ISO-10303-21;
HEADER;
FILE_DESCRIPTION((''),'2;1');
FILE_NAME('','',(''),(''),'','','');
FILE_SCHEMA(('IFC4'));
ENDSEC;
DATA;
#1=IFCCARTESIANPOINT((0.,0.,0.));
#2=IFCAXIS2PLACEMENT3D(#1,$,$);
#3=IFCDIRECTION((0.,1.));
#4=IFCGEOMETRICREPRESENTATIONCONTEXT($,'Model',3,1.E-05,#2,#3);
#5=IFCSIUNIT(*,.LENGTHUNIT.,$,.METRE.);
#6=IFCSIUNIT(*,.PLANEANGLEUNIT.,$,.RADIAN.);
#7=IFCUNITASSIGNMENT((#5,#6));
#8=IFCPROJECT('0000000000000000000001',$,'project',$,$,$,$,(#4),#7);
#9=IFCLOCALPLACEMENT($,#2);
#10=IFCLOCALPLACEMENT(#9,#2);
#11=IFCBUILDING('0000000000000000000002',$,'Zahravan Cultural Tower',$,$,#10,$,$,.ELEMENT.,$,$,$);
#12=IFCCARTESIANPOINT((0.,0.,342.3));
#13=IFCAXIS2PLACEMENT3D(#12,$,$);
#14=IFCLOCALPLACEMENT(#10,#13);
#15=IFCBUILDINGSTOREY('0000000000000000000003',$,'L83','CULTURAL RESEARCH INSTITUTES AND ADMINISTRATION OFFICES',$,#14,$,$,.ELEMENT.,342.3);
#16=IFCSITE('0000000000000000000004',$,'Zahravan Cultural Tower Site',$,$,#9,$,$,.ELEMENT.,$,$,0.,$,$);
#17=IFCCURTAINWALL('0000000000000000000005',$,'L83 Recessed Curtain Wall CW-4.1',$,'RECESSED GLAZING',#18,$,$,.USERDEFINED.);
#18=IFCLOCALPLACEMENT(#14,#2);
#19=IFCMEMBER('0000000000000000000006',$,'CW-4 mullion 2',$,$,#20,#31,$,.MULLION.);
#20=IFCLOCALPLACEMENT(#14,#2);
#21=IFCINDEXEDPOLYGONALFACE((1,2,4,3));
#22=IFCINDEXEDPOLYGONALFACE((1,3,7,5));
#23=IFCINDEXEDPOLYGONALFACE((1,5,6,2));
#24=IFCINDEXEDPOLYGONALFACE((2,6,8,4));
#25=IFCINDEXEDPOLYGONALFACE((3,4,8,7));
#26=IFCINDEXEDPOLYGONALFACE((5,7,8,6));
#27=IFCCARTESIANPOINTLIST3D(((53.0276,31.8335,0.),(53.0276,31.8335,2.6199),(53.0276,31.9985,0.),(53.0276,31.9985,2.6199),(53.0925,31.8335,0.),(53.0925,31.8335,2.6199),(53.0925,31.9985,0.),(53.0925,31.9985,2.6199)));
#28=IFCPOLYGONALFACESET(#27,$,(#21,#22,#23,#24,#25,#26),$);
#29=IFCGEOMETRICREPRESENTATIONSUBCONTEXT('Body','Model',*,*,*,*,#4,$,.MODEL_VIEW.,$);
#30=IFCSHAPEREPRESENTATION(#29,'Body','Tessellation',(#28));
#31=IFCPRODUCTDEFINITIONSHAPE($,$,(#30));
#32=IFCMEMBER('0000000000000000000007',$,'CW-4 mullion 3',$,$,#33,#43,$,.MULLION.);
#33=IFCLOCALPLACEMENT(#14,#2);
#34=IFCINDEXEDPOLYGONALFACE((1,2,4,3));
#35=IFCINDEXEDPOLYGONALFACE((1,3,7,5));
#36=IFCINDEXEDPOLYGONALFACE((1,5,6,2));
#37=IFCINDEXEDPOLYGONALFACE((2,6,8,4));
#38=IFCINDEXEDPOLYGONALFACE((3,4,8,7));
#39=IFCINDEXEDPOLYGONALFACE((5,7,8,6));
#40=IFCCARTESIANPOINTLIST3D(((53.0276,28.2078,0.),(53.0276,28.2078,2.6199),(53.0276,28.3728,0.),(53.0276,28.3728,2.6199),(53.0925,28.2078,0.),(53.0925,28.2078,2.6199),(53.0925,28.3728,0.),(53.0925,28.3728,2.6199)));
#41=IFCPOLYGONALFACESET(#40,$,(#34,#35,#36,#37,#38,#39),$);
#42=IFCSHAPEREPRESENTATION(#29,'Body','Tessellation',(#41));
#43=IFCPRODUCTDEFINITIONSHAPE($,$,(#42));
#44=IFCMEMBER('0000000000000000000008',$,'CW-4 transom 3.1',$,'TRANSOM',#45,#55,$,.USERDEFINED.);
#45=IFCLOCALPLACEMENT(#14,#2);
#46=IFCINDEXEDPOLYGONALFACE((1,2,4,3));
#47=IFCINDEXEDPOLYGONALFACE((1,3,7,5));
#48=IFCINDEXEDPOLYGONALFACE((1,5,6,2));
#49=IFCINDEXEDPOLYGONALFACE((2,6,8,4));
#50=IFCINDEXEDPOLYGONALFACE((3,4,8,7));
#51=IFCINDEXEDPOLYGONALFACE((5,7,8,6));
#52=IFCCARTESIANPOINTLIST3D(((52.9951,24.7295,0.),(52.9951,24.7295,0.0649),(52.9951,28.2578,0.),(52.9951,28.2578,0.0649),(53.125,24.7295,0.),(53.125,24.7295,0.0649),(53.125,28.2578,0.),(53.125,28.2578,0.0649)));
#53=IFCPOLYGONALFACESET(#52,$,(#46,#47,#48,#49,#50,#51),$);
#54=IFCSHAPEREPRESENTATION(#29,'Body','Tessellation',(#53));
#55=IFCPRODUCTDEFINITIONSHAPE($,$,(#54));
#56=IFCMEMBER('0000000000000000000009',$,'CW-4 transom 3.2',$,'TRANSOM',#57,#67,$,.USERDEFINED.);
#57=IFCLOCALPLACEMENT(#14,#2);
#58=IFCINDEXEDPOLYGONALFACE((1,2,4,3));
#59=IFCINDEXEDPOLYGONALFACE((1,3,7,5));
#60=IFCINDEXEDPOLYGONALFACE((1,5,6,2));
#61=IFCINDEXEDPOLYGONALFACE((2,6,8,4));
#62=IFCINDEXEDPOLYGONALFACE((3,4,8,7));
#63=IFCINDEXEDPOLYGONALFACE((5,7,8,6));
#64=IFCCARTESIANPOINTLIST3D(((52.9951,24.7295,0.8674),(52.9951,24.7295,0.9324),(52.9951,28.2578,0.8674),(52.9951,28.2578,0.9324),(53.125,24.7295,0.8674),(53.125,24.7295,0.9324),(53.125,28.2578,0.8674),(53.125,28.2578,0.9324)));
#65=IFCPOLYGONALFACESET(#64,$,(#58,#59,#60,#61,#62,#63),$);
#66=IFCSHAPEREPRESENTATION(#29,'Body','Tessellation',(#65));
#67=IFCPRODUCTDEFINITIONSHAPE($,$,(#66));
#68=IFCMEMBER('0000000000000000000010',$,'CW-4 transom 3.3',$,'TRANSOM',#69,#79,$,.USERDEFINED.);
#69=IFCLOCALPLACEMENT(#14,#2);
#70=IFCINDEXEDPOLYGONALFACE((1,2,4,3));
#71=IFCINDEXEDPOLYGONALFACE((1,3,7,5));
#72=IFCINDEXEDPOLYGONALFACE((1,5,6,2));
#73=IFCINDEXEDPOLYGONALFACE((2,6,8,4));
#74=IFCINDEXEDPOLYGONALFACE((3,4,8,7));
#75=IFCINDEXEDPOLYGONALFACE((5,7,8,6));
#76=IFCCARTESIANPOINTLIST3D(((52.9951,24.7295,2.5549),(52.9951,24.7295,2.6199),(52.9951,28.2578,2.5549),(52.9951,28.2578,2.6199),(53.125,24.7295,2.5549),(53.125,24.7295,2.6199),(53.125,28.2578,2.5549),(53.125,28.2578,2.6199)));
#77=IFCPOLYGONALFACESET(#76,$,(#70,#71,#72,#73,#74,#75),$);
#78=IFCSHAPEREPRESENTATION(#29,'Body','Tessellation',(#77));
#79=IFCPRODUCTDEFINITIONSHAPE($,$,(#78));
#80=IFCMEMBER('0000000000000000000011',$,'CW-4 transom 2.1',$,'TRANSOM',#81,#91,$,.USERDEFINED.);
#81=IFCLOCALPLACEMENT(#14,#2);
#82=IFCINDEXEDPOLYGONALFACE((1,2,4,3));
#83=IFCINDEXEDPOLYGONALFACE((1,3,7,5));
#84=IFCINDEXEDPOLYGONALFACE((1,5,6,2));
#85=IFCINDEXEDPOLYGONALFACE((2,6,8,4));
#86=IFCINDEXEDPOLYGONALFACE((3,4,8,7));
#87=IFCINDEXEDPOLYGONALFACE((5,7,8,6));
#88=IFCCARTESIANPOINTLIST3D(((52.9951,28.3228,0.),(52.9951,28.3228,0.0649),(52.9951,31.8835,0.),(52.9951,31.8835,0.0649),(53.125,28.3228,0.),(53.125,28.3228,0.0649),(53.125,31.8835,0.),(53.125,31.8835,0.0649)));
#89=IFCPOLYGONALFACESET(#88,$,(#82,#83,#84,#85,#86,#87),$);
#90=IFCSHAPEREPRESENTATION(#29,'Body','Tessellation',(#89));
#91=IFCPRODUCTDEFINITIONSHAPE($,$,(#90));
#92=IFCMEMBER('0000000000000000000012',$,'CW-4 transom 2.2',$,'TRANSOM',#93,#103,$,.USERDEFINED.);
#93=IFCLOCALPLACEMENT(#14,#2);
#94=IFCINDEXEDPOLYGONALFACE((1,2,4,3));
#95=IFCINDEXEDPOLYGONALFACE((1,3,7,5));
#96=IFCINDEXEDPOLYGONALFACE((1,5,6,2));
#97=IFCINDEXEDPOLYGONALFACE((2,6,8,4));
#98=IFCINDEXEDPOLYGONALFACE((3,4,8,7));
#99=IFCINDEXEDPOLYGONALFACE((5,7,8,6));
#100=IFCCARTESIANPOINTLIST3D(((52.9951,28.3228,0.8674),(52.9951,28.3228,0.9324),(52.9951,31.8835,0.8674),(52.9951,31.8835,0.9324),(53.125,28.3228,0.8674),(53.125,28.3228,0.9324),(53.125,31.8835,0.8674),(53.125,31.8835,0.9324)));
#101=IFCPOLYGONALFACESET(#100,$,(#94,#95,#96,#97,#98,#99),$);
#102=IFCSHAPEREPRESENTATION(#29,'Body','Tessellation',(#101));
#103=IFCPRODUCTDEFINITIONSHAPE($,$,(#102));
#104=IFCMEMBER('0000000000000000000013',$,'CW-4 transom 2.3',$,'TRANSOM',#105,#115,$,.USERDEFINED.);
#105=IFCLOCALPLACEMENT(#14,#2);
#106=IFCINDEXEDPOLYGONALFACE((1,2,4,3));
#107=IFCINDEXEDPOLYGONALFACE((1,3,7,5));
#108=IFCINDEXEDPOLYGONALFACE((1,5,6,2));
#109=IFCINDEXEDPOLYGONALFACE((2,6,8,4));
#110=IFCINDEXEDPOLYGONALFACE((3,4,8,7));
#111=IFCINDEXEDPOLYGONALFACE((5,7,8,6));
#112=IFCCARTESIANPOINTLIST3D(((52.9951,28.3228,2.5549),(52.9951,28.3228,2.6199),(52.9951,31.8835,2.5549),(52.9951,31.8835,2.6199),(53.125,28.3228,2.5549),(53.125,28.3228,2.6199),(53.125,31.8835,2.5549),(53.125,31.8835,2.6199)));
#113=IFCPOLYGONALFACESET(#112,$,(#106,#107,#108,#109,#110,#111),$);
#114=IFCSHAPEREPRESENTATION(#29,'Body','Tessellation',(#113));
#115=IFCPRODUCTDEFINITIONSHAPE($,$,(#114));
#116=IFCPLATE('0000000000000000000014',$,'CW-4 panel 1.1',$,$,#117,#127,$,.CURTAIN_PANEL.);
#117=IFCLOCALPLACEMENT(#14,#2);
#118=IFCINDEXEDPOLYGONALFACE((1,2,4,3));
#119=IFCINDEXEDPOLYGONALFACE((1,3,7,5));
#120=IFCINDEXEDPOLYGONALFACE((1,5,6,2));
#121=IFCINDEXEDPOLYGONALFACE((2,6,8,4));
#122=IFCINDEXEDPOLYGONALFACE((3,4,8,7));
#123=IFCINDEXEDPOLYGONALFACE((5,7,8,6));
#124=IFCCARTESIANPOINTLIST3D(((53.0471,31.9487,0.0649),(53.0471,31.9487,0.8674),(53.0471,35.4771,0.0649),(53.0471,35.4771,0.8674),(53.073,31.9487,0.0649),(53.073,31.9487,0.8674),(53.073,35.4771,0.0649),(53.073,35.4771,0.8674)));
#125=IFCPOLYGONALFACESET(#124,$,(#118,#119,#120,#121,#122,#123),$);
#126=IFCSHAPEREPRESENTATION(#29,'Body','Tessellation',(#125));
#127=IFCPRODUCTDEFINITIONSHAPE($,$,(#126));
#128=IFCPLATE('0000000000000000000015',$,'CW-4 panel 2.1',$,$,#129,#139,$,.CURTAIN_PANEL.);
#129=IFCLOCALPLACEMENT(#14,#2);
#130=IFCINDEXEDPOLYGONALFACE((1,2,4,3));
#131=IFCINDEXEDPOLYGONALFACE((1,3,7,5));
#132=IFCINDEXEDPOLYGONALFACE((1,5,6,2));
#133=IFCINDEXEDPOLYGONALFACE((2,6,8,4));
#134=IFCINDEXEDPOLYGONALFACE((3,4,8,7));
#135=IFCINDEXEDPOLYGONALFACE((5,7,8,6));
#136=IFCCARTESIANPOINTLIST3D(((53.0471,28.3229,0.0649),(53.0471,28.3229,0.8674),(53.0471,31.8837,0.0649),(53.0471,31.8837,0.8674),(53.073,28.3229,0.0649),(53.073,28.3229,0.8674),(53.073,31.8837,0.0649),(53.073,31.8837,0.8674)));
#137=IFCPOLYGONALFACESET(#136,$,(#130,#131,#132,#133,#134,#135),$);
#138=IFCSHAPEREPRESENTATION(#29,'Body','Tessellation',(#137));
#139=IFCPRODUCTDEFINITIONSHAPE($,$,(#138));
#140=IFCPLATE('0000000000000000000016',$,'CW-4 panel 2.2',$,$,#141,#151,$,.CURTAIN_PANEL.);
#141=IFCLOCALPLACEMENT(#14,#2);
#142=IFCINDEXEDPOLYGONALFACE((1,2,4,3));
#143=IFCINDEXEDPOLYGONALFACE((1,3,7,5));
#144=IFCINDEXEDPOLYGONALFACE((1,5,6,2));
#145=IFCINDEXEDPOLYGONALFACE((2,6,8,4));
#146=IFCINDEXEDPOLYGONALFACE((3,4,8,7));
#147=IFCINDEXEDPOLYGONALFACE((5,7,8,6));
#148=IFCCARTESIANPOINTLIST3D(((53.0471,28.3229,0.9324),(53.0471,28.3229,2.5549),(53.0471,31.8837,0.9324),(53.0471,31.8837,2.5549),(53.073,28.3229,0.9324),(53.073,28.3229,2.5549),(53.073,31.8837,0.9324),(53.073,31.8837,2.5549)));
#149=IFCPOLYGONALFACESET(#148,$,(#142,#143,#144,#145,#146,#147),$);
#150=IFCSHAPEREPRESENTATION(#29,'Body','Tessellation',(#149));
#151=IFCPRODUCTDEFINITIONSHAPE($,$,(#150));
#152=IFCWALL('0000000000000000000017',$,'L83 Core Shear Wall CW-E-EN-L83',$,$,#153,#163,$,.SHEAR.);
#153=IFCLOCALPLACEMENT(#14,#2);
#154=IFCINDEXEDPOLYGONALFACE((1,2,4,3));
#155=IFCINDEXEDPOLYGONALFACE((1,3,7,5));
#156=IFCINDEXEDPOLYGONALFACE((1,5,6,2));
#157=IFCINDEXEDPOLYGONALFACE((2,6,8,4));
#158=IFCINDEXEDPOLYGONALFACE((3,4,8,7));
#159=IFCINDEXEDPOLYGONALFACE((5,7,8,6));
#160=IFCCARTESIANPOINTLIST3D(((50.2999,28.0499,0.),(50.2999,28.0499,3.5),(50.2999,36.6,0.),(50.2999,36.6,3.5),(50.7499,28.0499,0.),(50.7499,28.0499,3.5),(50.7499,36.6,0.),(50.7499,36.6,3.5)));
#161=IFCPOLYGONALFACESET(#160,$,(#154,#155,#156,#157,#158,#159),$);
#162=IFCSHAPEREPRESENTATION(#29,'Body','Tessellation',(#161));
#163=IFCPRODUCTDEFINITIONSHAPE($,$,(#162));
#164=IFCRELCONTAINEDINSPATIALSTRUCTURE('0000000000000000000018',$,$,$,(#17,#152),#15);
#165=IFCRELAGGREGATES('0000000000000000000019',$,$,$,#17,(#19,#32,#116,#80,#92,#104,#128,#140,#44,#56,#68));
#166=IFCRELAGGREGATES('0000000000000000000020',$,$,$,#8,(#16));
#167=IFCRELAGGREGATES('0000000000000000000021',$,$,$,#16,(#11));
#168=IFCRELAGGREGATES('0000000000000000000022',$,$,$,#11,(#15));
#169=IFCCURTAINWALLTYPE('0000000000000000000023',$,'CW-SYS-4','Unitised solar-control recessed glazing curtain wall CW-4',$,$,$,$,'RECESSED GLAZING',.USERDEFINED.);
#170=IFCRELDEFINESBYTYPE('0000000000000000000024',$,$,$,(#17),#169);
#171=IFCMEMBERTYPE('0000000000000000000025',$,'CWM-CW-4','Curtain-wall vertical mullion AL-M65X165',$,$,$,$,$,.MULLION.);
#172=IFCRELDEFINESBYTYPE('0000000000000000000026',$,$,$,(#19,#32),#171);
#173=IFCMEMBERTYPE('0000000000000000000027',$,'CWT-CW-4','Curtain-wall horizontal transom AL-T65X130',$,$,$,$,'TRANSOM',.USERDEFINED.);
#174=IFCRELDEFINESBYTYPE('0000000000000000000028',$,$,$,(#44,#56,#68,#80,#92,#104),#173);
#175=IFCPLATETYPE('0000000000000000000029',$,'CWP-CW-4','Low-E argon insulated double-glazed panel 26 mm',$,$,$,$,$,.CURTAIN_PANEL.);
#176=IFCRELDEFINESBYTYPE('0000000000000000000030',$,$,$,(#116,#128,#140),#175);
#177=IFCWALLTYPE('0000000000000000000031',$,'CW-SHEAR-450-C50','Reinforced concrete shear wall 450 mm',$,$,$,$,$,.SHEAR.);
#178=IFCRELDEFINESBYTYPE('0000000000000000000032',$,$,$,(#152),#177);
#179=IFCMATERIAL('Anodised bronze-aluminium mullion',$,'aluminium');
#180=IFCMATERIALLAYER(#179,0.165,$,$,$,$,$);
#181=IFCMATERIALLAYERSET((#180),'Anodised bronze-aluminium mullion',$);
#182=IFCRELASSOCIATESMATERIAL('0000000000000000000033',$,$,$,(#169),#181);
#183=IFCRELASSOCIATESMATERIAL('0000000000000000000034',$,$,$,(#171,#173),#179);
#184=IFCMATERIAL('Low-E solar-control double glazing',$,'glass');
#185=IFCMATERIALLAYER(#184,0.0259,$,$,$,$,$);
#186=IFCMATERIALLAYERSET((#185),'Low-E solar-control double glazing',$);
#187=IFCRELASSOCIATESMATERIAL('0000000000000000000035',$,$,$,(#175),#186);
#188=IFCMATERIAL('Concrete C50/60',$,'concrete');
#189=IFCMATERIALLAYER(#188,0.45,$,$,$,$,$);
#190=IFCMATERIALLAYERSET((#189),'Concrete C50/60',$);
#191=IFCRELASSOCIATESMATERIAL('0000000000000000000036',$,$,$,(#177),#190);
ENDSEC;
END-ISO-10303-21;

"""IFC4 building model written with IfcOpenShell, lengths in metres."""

from ifc_helpers import new_model, si_unit, direction, frame, frame_2d, origin, origin_2d, place, context, subcontext, project, spatial, rectangle, extrude, source, transform, mapped, material, layer, layer_set, material_profile, profile_set, type_object, element, aggregate, save


model = new_model("IFC4")

# Units and contexts
model_context = context("Model", 3, precision=1e-05, world=origin(), true_north=direction((0.0, 1.0)))
body_context = subcontext(model_context, "Body", "Model", "MODEL_VIEW")
ifc_project = project(units=[si_unit("LENGTHUNIT", "METRE"), si_unit("PLANEANGLEUNIT", "RADIAN")], contexts=[model_context])

# Site, building, storey
site_placement = place(None, origin())
site = spatial("IfcSite", under=ifc_project, at=site_placement, Name="Zahravan Cultural Tower Site", CompositionType="ELEMENT", RefElevation=0.0)
building_placement = place(site_placement, origin())
building = spatial("IfcBuilding", under=site, at=building_placement, Name="Zahravan Cultural Tower", CompositionType="ELEMENT")
storey_placement = place(building_placement, frame((0.0, 0.0, 342.3)))
storey = spatial("IfcBuildingStorey", under=building, at=storey_placement, Name="L83", Description="CULTURAL RESEARCH INSTITUTES AND ADMINISTRATION OFFICES", CompositionType="ELEMENT", Elevation=342.3)

# Curtain wall, members, plates
ifc_material_1 = material(Name="Anodised bronze-aluminium mullion", Category="aluminium")
ifc_layer_1 = layer(ifc_material_1, 0.165)
ifc_layer_set_1 = layer_set([ifc_layer_1], Name="Anodised bronze-aluminium mullion")
curtain_wall_type = type_object("IfcCurtainWallType", Name="CW-SYS-4", Description="Unitised solar-control recessed glazing curtain wall CW-4", ElementType="RECESSED GLAZING", PredefinedType="USERDEFINED", material=ifc_layer_set_1)
curtain_wall_placement = place(storey_placement, origin())
curtain_wall = element("IfcCurtainWall", 1, at=curtain_wall_placement, inside=storey, type_object=curtain_wall_type, Name="L83 Recessed Curtain Wall CW-4.1", ObjectType="RECESSED GLAZING", PredefinedType="USERDEFINED")
ifc_material_profile_1 = material_profile(ifc_material_1, rectangle(XDim=0.0649, YDim=0.165, at=origin_2d()), Name="AL-M65X165")
ifc_profile_set_1 = profile_set([ifc_material_profile_1], Name="Anodised bronze-aluminium mullion")
member_type_1 = type_object("IfcMemberType", Name="CWM-CW-4", Description="Curtain-wall vertical mullion AL-M65X165", PredefinedType="MULLION", material=ifc_profile_set_1)
shared_shape_1 = source(origin(), body_context, "Body", "SweptSolid", [
    extrude(rectangle(XDim=0.0649, YDim=0.165, at=origin_2d()), origin(), (0.0, 0.0, 1.0), 2.6199),
])
member_1_placement = place(storey_placement, frame((53.0601, 31.916, 0.0), z_axis=(0.0, 0.0, 1.0), x_axis=(1.0, 0.0, 0.0)))
member_1 = element("IfcMember", 2, at=member_1_placement, type_object=member_type_1, Name="CW-4 mullion 2", PredefinedType="MULLION", context=body_context, shape_type="MappedRepresentation", body=[
    mapped(shared_shape_1, transform((0.0, 0.0, 0.0), x_axis=(1.0, 0.0, 0.0), y_axis=(0.0, 1.0, 0.0), z_axis=(0.0, 0.0, 1.0), scale=1.0)),
])
member_2_placement = place(storey_placement, frame((53.0601, 28.2903, 0.0), z_axis=(0.0, 0.0, 1.0), x_axis=(1.0, 0.0, 0.0)))
member_2 = element("IfcMember", 3, at=member_2_placement, type_object=member_type_1, Name="CW-4 mullion 3", PredefinedType="MULLION", context=body_context, shape_type="MappedRepresentation", body=[
    mapped(shared_shape_1, transform((0.0, 0.0, 0.0), x_axis=(1.0, 0.0, 0.0), y_axis=(0.0, 1.0, 0.0), z_axis=(0.0, 0.0, 1.0), scale=1.0)),
])
ifc_material_profile_2 = material_profile(ifc_material_1, rectangle(XDim=0.1299, YDim=0.0649, at=origin_2d()), Name="AL-T65X130")
ifc_profile_set_2 = profile_set([ifc_material_profile_2], Name="Anodised bronze-aluminium mullion")
member_type_2 = type_object("IfcMemberType", Name="CWT-CW-4", Description="Curtain-wall horizontal transom AL-T65X130", ElementType="TRANSOM", PredefinedType="USERDEFINED", material=ifc_profile_set_2)
shared_shape_2 = source(origin(), body_context, "Body", "SweptSolid", [
    extrude(rectangle(XDim=0.1299, YDim=0.0649, at=origin_2d()), origin(), (0.0, 0.0, 1.0), 3.5283),
])
member_3_placement = place(storey_placement, frame((53.0601, 28.2578, 0.0325), z_axis=(0.0, -1.0, 0.0), x_axis=(1.0, 0.0, 0.0)))
member_3 = element("IfcMember", 4, at=member_3_placement, type_object=member_type_2, Name="CW-4 transom 3.1", ObjectType="TRANSOM", PredefinedType="USERDEFINED", context=body_context, shape_type="MappedRepresentation", body=[
    mapped(shared_shape_2, transform((0.0, 0.0, 0.0), x_axis=(1.0, 0.0, 0.0), y_axis=(0.0, 1.0, 0.0), z_axis=(0.0, 0.0, 1.0), scale=1.0)),
])
member_4_placement = place(storey_placement, frame((53.0601, 28.2578, 0.8999), z_axis=(0.0, -1.0, 0.0), x_axis=(1.0, 0.0, 0.0)))
member_4 = element("IfcMember", 5, at=member_4_placement, type_object=member_type_2, Name="CW-4 transom 3.2", ObjectType="TRANSOM", PredefinedType="USERDEFINED", context=body_context, shape_type="MappedRepresentation", body=[
    mapped(shared_shape_2, transform((0.0, 0.0, 0.0), x_axis=(1.0, 0.0, 0.0), y_axis=(0.0, 1.0, 0.0), z_axis=(0.0, 0.0, 1.0), scale=1.0)),
])
member_5_placement = place(storey_placement, frame((53.0601, 28.2578, 2.5874), z_axis=(0.0, -1.0, 0.0), x_axis=(1.0, 0.0, 0.0)))
member_5 = element("IfcMember", 6, at=member_5_placement, type_object=member_type_2, Name="CW-4 transom 3.3", ObjectType="TRANSOM", PredefinedType="USERDEFINED", context=body_context, shape_type="MappedRepresentation", body=[
    mapped(shared_shape_2, transform((0.0, 0.0, 0.0), x_axis=(1.0, 0.0, 0.0), y_axis=(0.0, 1.0, 0.0), z_axis=(0.0, 0.0, 1.0), scale=1.0)),
])
shared_shape_3 = source(origin(), body_context, "Body", "SweptSolid", [
    extrude(rectangle(XDim=0.1299, YDim=0.0649, at=origin_2d()), origin(), (0.0, 0.0, 1.0), 3.5608),
])
member_6_placement = place(storey_placement, frame((53.0601, 31.8835, 0.0325), z_axis=(0.0, -1.0, 0.0), x_axis=(1.0, 0.0, 0.0)))
member_6 = element("IfcMember", 7, at=member_6_placement, type_object=member_type_2, Name="CW-4 transom 2.1", ObjectType="TRANSOM", PredefinedType="USERDEFINED", context=body_context, shape_type="MappedRepresentation", body=[
    mapped(shared_shape_3, transform((0.0, 0.0, 0.0), x_axis=(1.0, 0.0, 0.0), y_axis=(0.0, 1.0, 0.0), z_axis=(0.0, 0.0, 1.0), scale=1.0)),
])
member_7_placement = place(storey_placement, frame((53.0601, 31.8835, 0.8999), z_axis=(0.0, -1.0, 0.0), x_axis=(1.0, 0.0, 0.0)))
member_7 = element("IfcMember", 8, at=member_7_placement, type_object=member_type_2, Name="CW-4 transom 2.2", ObjectType="TRANSOM", PredefinedType="USERDEFINED", context=body_context, shape_type="MappedRepresentation", body=[
    mapped(shared_shape_3, transform((0.0, 0.0, 0.0), x_axis=(1.0, 0.0, 0.0), y_axis=(0.0, 1.0, 0.0), z_axis=(0.0, 0.0, 1.0), scale=1.0)),
])
member_8_placement = place(storey_placement, frame((53.0601, 31.8835, 2.5874), z_axis=(0.0, -1.0, 0.0), x_axis=(1.0, 0.0, 0.0)))
member_8 = element("IfcMember", 9, at=member_8_placement, type_object=member_type_2, Name="CW-4 transom 2.3", ObjectType="TRANSOM", PredefinedType="USERDEFINED", context=body_context, shape_type="MappedRepresentation", body=[
    mapped(shared_shape_3, transform((0.0, 0.0, 0.0), x_axis=(1.0, 0.0, 0.0), y_axis=(0.0, 1.0, 0.0), z_axis=(0.0, 0.0, 1.0), scale=1.0)),
])
ifc_material_2 = material(Name="Low-E solar-control double glazing", Category="glass")
ifc_layer_2 = layer(ifc_material_2, 0.0259)
ifc_layer_set_2 = layer_set([ifc_layer_2], Name="Low-E solar-control double glazing")
plate_type = type_object("IfcPlateType", Name="CWP-CW-4", Description="Low-E argon insulated double-glazed panel 26 mm", PredefinedType="CURTAIN_PANEL", material=ifc_layer_set_2)
shared_shape_4 = source(origin(), body_context, "Body", "SweptSolid", [
    extrude(rectangle(XDim=3.5283, YDim=0.0259, at=origin_2d()), origin(), (0.0, 0.0, 1.0), 0.8025),
])
plate_1_placement = place(storey_placement, frame((53.0601, 33.7129, 0.0649), z_axis=(0.0, 0.0, 1.0), x_axis=(0.0, -1.0, 0.0)))
plate_1 = element("IfcPlate", 10, at=plate_1_placement, type_object=plate_type, Name="CW-4 panel 1.1", PredefinedType="CURTAIN_PANEL", context=body_context, shape_type="MappedRepresentation", body=[
    mapped(shared_shape_4, transform((0.0, 0.0, 0.0), x_axis=(1.0, 0.0, 0.0), y_axis=(0.0, 1.0, 0.0), z_axis=(0.0, 0.0, 1.0), scale=1.0)),
])
shared_shape_5 = source(origin(), body_context, "Body", "SweptSolid", [
    extrude(rectangle(XDim=3.5608, YDim=0.0259, at=origin_2d()), origin(), (0.0, 0.0, 1.0), 0.8025),
])
plate_2_placement = place(storey_placement, frame((53.0601, 30.1033, 0.0649), z_axis=(0.0, 0.0, 1.0), x_axis=(0.0, -1.0, 0.0)))
plate_2 = element("IfcPlate", 11, at=plate_2_placement, type_object=plate_type, Name="CW-4 panel 2.1", PredefinedType="CURTAIN_PANEL", context=body_context, shape_type="MappedRepresentation", body=[
    mapped(shared_shape_5, transform((0.0, 0.0, 0.0), x_axis=(1.0, 0.0, 0.0), y_axis=(0.0, 1.0, 0.0), z_axis=(0.0, 0.0, 1.0), scale=1.0)),
])
shared_shape_6 = source(origin(), body_context, "Body", "SweptSolid", [
    extrude(rectangle(XDim=3.5608, YDim=0.0259, at=origin_2d()), origin(), (0.0, 0.0, 1.0), 1.6226),
])
plate_3_placement = place(storey_placement, frame((53.0601, 30.1033, 0.9324), z_axis=(0.0, 0.0, 1.0), x_axis=(0.0, -1.0, 0.0)))
plate_3 = element("IfcPlate", 12, at=plate_3_placement, type_object=plate_type, Name="CW-4 panel 2.2", PredefinedType="CURTAIN_PANEL", context=body_context, shape_type="MappedRepresentation", body=[
    mapped(shared_shape_6, transform((0.0, 0.0, 0.0), x_axis=(1.0, 0.0, 0.0), y_axis=(0.0, 1.0, 0.0), z_axis=(0.0, 0.0, 1.0), scale=1.0)),
])
aggregate(curtain_wall, [member_1, member_2, plate_1, member_6, member_7, member_8, plate_2, plate_3, member_3, member_4, member_5])

# Wall
ifc_material_3 = material(Name="Concrete C50/60", Category="concrete")
ifc_layer_3 = layer(ifc_material_3, 0.45)
ifc_layer_set_3 = layer_set([ifc_layer_3], Name="Concrete C50/60")
wall_type_1 = type_object("IfcWallType", Name="CW-SHEAR-450-C50", Description="Reinforced concrete shear wall 450 mm", PredefinedType="SHEAR", material=ifc_layer_set_3)
shared_shape_7 = source(origin(), body_context, "Body", "SweptSolid", [
    extrude(rectangle(XDim=8.55, YDim=0.45, at=frame_2d((4.2749, 0.0))), origin(), (0.0, 0.0, 1.0), 3.5),
])
wall_1_placement = place(storey_placement, frame((50.5249, 28.05, 0.0), z_axis=(0.0, 0.0, 1.0), x_axis=(0.0, 1.0, 0.0)))
element("IfcWall", 13, at=wall_1_placement, inside=storey, type_object=wall_type_1, Name="L83 Core Shear Wall CW-E-EN-L83", PredefinedType="SHEAR", context=body_context, shape_type="MappedRepresentation", body=[
    mapped(shared_shape_7, transform((0.0, 0.0, 0.0), x_axis=(1.0, 0.0, 0.0), y_axis=(0.0, 1.0, 0.0), z_axis=(0.0, 0.0, 1.0), scale=1.0)),
])

save(model, "model.ifc")
